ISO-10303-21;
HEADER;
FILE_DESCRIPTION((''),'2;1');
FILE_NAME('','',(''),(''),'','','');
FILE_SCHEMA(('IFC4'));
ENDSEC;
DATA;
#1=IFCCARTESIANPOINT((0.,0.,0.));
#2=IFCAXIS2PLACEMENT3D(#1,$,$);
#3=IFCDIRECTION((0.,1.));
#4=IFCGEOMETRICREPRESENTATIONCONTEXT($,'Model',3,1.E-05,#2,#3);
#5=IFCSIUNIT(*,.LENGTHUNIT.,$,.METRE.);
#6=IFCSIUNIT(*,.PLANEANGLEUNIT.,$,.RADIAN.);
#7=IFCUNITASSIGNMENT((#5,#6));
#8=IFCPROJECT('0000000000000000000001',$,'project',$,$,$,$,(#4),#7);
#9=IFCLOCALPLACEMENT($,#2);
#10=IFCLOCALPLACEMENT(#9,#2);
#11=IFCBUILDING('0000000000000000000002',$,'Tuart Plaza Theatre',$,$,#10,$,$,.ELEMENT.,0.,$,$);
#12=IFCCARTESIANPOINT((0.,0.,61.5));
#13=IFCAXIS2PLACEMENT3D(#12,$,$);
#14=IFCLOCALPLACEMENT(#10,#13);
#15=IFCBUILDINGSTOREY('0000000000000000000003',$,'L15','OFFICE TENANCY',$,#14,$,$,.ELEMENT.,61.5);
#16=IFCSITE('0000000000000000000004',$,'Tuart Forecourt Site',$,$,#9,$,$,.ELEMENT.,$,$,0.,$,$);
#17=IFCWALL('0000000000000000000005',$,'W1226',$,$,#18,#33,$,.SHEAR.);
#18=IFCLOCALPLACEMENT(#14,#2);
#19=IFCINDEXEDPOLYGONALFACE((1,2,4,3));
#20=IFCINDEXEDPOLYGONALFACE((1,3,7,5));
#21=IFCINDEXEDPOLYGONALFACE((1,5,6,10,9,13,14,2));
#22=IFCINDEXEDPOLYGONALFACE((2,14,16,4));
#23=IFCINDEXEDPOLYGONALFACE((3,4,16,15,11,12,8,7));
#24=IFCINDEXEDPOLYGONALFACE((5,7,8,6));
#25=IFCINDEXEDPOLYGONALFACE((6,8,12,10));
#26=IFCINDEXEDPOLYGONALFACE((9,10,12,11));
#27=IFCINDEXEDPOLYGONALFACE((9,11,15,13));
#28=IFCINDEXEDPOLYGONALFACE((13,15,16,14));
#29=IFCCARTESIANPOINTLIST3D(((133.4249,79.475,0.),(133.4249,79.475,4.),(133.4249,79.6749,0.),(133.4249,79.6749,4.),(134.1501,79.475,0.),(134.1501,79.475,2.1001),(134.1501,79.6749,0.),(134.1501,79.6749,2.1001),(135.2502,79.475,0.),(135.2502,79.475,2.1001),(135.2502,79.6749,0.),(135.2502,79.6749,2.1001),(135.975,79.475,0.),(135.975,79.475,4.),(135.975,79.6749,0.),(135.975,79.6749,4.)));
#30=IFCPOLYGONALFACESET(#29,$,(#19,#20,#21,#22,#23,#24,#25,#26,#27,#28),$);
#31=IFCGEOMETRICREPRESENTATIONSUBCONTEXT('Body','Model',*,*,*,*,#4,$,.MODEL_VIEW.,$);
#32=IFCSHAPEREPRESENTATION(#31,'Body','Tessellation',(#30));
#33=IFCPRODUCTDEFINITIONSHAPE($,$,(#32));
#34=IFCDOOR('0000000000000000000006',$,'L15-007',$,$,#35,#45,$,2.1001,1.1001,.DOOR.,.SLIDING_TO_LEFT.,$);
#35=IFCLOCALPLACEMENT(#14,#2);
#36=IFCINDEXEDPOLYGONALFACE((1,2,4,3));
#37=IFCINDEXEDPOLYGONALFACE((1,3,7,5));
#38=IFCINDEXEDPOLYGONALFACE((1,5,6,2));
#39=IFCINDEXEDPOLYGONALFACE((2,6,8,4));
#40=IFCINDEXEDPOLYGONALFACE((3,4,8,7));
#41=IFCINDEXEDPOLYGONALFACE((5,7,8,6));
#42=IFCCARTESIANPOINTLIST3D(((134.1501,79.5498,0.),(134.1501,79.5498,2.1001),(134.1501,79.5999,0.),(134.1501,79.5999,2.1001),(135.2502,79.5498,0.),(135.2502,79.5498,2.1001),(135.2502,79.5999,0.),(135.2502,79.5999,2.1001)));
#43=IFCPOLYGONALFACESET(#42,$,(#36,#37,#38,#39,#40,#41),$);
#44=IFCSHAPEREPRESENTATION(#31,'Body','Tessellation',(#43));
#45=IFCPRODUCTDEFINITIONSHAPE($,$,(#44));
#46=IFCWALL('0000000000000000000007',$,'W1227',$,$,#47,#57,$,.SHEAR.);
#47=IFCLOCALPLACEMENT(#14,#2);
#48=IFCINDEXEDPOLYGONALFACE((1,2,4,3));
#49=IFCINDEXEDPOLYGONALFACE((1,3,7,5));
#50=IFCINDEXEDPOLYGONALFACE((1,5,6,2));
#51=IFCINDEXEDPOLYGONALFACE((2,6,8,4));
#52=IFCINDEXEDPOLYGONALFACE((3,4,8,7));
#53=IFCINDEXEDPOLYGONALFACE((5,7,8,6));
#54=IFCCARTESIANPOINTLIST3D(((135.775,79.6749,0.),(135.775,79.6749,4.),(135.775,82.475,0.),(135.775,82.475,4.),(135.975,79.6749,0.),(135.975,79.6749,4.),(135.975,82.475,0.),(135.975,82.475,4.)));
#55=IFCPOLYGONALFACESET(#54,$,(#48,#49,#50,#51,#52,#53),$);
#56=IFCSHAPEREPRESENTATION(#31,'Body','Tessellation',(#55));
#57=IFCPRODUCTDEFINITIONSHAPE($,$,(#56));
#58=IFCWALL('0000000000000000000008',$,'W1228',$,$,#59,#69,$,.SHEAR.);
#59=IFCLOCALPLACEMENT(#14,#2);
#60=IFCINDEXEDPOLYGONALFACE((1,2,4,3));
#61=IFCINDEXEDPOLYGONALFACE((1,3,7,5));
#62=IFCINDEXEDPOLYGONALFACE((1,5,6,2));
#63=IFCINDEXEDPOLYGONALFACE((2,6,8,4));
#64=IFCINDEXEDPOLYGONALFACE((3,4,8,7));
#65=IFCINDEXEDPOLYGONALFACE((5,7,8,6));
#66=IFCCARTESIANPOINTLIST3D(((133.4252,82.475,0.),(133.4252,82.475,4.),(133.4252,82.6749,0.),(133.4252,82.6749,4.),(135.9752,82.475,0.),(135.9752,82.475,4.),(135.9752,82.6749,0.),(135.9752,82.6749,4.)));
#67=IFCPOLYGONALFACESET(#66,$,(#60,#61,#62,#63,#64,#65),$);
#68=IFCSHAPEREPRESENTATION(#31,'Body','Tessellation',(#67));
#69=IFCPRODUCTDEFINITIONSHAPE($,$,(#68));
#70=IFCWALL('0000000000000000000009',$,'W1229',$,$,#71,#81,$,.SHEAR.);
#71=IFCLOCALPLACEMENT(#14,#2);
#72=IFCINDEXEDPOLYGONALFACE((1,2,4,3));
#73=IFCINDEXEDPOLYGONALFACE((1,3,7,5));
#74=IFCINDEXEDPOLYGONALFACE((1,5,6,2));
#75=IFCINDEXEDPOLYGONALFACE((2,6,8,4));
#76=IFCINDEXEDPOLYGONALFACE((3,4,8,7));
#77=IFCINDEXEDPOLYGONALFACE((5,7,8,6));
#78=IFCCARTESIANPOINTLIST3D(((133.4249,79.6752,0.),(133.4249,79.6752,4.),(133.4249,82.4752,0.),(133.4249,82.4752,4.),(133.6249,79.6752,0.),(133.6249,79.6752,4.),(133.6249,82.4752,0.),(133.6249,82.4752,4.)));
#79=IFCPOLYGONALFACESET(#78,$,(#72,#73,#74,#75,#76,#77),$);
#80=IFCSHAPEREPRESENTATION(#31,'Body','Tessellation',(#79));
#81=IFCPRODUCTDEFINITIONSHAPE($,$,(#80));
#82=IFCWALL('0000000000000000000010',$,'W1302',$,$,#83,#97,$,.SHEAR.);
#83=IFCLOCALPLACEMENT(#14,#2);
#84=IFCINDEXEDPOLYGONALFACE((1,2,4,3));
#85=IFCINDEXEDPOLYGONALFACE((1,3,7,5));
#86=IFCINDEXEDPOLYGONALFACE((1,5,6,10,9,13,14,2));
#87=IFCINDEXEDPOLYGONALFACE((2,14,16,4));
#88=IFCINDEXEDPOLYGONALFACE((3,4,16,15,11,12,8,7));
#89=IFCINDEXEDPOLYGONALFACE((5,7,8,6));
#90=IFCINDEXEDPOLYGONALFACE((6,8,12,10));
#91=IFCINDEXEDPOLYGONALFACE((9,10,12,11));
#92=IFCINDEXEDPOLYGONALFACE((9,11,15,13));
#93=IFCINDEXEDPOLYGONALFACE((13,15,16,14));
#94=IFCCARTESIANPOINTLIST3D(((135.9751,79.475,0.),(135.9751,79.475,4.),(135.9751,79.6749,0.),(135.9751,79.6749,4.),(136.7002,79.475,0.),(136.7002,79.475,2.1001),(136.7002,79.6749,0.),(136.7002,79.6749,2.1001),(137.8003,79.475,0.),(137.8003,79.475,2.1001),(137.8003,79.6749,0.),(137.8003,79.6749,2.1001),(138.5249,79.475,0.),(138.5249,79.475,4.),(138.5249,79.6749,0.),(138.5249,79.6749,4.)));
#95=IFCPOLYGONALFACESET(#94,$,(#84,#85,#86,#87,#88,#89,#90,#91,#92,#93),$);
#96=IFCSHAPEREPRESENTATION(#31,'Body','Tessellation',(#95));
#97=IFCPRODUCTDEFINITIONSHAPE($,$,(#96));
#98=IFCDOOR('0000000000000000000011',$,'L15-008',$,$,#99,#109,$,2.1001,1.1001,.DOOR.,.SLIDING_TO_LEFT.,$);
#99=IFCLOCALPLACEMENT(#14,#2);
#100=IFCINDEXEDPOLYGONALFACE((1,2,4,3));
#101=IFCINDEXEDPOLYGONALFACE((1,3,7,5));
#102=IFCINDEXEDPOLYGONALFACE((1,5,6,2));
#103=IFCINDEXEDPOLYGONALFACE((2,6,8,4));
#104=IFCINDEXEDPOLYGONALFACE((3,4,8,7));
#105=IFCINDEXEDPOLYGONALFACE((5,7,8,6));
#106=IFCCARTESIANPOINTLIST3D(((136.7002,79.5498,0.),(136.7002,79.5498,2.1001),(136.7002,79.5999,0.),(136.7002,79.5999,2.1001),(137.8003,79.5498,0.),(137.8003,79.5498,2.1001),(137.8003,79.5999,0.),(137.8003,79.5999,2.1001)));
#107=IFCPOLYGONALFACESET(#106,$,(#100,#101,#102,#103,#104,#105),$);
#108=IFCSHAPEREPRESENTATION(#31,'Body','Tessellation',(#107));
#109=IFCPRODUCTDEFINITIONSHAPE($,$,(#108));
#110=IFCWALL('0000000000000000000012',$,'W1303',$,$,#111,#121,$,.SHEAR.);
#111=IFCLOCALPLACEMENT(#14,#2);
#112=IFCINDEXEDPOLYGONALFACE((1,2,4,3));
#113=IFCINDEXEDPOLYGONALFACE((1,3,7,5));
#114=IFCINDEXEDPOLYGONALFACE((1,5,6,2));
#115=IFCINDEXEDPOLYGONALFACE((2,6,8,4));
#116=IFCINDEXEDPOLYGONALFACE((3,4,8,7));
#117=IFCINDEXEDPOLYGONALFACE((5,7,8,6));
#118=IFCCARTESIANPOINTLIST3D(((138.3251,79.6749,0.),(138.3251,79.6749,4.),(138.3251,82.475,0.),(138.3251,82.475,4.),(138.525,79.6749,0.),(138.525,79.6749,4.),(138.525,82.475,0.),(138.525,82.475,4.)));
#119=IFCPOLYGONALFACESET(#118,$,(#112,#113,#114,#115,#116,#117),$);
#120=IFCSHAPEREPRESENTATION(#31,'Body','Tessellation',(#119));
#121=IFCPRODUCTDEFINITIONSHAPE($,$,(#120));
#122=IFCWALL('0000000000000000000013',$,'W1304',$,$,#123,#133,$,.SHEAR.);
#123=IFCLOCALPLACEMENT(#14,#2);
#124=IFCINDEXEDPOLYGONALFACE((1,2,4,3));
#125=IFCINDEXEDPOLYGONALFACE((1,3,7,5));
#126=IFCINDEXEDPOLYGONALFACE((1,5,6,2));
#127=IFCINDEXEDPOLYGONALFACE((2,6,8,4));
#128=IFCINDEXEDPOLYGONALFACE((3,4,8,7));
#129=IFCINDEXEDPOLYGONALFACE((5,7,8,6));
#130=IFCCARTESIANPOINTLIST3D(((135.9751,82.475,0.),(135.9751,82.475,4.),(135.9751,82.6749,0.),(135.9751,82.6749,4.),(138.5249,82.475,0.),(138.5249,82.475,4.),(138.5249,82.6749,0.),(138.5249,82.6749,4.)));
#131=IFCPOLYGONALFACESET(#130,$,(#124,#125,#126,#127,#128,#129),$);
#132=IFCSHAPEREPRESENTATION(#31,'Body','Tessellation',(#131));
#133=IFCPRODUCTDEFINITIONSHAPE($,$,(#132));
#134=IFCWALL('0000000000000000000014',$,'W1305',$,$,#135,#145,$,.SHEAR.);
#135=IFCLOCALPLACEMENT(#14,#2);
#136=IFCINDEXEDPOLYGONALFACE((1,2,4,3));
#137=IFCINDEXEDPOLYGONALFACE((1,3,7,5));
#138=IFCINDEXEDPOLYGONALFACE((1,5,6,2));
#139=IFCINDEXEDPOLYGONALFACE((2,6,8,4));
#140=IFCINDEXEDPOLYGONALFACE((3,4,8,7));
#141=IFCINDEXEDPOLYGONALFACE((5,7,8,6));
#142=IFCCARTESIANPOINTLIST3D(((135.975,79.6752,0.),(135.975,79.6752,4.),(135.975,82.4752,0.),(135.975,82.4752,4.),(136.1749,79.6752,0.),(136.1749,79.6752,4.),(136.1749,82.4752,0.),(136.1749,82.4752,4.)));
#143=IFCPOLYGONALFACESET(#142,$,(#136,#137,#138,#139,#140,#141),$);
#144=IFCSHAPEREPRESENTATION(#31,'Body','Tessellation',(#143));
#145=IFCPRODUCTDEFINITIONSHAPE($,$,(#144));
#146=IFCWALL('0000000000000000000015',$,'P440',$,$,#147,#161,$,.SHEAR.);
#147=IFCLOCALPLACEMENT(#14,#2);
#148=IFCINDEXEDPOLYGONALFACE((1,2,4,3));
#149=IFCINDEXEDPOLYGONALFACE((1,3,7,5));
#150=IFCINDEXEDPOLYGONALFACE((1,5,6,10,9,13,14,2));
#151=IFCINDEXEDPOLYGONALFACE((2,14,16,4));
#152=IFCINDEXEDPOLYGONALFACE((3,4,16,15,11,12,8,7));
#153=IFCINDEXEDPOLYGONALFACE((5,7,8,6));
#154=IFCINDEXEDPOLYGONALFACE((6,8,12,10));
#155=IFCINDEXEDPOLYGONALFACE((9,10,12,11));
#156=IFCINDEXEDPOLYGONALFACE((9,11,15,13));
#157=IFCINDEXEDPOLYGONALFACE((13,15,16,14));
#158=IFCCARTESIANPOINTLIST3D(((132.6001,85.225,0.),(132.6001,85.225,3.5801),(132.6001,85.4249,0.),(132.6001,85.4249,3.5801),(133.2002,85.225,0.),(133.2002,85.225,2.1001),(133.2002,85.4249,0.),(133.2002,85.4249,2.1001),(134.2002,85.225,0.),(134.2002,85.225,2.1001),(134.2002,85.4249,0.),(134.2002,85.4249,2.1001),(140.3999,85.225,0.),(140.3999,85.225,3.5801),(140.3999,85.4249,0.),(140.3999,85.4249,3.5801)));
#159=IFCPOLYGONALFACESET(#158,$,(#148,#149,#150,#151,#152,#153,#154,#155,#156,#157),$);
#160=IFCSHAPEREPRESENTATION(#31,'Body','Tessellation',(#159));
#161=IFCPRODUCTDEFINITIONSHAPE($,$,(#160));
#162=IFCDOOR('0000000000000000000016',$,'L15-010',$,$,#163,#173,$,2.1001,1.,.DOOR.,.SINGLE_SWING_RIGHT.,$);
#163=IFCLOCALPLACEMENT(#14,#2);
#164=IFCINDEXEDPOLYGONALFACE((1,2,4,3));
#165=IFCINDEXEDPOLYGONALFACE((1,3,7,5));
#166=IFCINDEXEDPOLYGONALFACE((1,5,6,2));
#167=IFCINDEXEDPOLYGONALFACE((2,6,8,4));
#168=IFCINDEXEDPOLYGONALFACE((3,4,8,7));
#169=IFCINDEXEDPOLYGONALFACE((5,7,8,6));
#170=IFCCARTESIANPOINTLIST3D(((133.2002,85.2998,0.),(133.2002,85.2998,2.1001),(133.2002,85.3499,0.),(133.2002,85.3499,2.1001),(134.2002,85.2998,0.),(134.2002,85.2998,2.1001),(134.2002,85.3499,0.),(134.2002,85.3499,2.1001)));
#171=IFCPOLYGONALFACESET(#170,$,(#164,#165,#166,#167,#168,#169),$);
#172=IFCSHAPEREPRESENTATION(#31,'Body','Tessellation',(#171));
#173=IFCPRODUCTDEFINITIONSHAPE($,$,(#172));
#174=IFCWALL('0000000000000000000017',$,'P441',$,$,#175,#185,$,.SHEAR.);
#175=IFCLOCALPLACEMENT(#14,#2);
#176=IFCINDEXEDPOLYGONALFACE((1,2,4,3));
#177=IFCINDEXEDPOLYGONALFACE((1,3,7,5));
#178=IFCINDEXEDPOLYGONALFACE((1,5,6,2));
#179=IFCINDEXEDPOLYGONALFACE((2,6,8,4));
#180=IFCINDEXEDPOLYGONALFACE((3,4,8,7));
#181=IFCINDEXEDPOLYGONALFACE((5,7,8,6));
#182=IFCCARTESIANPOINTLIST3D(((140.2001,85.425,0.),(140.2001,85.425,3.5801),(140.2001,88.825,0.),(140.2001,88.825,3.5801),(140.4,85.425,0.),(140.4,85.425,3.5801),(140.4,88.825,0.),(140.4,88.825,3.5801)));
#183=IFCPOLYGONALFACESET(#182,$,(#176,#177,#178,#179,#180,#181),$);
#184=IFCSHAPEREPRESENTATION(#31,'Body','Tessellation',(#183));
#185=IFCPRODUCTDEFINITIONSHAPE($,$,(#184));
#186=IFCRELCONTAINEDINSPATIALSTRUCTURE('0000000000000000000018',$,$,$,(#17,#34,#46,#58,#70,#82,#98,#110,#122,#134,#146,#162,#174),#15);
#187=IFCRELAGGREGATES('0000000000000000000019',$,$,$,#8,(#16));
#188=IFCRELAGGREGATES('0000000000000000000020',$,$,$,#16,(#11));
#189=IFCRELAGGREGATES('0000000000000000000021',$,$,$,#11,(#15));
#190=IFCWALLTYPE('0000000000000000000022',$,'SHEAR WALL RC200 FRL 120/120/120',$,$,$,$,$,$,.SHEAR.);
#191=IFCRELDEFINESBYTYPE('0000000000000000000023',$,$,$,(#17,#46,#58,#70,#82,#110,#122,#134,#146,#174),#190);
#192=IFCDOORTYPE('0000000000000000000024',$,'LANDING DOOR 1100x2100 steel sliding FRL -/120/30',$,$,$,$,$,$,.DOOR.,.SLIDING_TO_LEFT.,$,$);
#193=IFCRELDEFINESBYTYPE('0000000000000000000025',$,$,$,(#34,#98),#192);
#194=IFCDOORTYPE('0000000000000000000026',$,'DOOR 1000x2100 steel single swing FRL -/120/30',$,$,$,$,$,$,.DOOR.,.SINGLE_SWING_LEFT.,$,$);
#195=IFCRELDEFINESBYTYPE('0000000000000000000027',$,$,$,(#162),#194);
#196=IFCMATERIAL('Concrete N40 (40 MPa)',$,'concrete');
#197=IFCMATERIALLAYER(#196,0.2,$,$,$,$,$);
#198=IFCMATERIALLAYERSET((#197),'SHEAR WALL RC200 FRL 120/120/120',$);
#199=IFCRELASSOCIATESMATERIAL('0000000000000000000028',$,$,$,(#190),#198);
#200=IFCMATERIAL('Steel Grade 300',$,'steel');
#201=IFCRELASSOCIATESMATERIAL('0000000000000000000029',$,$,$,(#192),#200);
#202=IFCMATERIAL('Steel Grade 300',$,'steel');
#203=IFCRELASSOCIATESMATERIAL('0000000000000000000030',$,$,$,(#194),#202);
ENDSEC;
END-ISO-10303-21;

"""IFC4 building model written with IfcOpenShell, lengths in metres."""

from ifc_helpers import new_model, si_unit, direction, frame, frame_2d, origin, place, context, subcontext, project, spatial, rectangle, extrude, material, layer, layer_set, type_object, element, fill, save


model = new_model("IFC4")

# Units and contexts
model_context = context("Model", 3, precision=1e-05, world=origin(), true_north=direction((0.0, 1.0)))
body_context = subcontext(model_context, "Body", "Model", "MODEL_VIEW")
ifc_project = project(units=[si_unit("LENGTHUNIT", "METRE"), si_unit("PLANEANGLEUNIT", "RADIAN")], contexts=[model_context])

# Site, building, storey
site_placement = place(None, origin())
site = spatial("IfcSite", under=ifc_project, at=site_placement, Name="Tuart Forecourt Site", CompositionType="ELEMENT", RefElevation=0.0)
building_placement = place(site_placement, origin())
building = spatial("IfcBuilding", under=site, at=building_placement, Name="Tuart Plaza Theatre", CompositionType="ELEMENT", ElevationOfRefHeight=0.0)
storey_placement = place(building_placement, frame((0.0, 0.0, 61.5)))
storey = spatial("IfcBuildingStorey", under=building, at=storey_placement, Name="L15", Description="OFFICE TENANCY", CompositionType="ELEMENT", Elevation=61.5)

# Shared definitions
ifc_material_1 = material(Name="Concrete N40 (40 MPa)", Category="concrete")
ifc_layer_1 = layer(ifc_material_1, 0.2)
ifc_layer_set_1 = layer_set([ifc_layer_1], Name="SHEAR WALL RC200 FRL 120/120/120")
wall_type_1 = type_object("IfcWallType", Name="SHEAR WALL RC200 FRL 120/120/120", PredefinedType="SHEAR", material=ifc_layer_set_1)

# Wall, opening, door
wall_1_placement = place(storey_placement, frame((133.425, 79.575, 0.0), z_axis=(0.0, 0.0, 1.0), x_axis=(1.0, 0.0, 0.0)))
wall_1 = element("IfcWall", 1, at=wall_1_placement, inside=storey, type_object=wall_type_1, Name="W1226", PredefinedType="SHEAR", context=body_context, shape_type="SweptSolid", body=[
    extrude(rectangle(XDim=2.55, YDim=0.2, at=frame_2d((1.2749, 0.0))), origin(), (0.0, 0.0, 1.0), 4.0),
])
opening_1_placement = place(wall_1_placement, frame((0.7251, 0.0, 0.0)))
opening_1 = element("IfcOpeningElement", 2, at=opening_1_placement, cuts=wall_1, PredefinedType="OPENING", context=body_context, shape_type="SweptSolid", body=[
    extrude(rectangle(XDim=1.1001, YDim=2.1001, at=frame_2d((0.55, 1.05))), frame((0.0, 0.1099, 0.0), z_axis=(0.0, -1.0, 0.0), x_axis=(1.0, 0.0, 0.0)), (0.0, 0.0, 1.0), 0.22),
])
ifc_material_2 = material(Name="Steel Grade 300", Category="steel")
door_type_1 = type_object("IfcDoorType", Name="LANDING DOOR 1100x2100 steel sliding FRL -/120/30", OperationType="SLIDING_TO_LEFT", PredefinedType="DOOR", material=ifc_material_2)
door_1_placement = place(opening_1_placement, origin())
door_1 = element("IfcDoor", 3, at=door_1_placement, inside=storey, type_object=door_type_1, Name="L15-007", OperationType="SLIDING_TO_LEFT", OverallHeight=2.1001, OverallWidth=1.1001, PredefinedType="DOOR", context=body_context, shape_type="SweptSolid", body=[
    extrude(rectangle(XDim=1.1001, YDim=2.1001, at=frame_2d((0.55, 1.05))), frame((0.0, 0.0249, 0.0), z_axis=(0.0, -1.0, 0.0), x_axis=(1.0, 0.0, 0.0)), (0.0, 0.0, 1.0), 0.05),
])
fill(opening_1, door_1)

# Walls
wall_2_placement = place(storey_placement, frame((135.875, 79.675, 0.0), z_axis=(0.0, 0.0, 1.0), x_axis=(0.0, 1.0, 0.0)))
element("IfcWall", 4, at=wall_2_placement, inside=storey, type_object=wall_type_1, Name="W1227", PredefinedType="SHEAR", context=body_context, shape_type="SweptSolid", body=[
    extrude(rectangle(XDim=2.8, YDim=0.2, at=frame_2d((1.3999, 0.0))), origin(), (0.0, 0.0, 1.0), 4.0),
])
wall_3_placement = place(storey_placement, frame((135.9751, 82.575, 0.0), z_axis=(0.0, 0.0, 1.0), x_axis=(-1.0, 0.0, 0.0)))
element("IfcWall", 5, at=wall_3_placement, inside=storey, type_object=wall_type_1, Name="W1228", PredefinedType="SHEAR", context=body_context, shape_type="SweptSolid", body=[
    extrude(rectangle(XDim=2.55, YDim=0.2, at=frame_2d((1.2749, 0.0))), origin(), (0.0, 0.0, 1.0), 4.0),
])
wall_4_placement = place(storey_placement, frame((133.5249, 82.4751, 0.0), z_axis=(0.0, 0.0, 1.0), x_axis=(0.0, -1.0, 0.0)))
element("IfcWall", 6, at=wall_4_placement, inside=storey, type_object=wall_type_1, Name="W1229", PredefinedType="SHEAR", context=body_context, shape_type="SweptSolid", body=[
    extrude(rectangle(XDim=2.8, YDim=0.2, at=frame_2d((1.3999, 0.0))), origin(), (0.0, 0.0, 1.0), 4.0),
])

# Wall, opening, door
wall_5_placement = place(storey_placement, frame((135.9751, 79.575, 0.0), z_axis=(0.0, 0.0, 1.0), x_axis=(1.0, 0.0, 0.0)))
wall_5 = element("IfcWall", 7, at=wall_5_placement, inside=storey, type_object=wall_type_1, Name="W1302", PredefinedType="SHEAR", context=body_context, shape_type="SweptSolid", body=[
    extrude(rectangle(XDim=2.5498, YDim=0.2, at=frame_2d((1.2749, 0.0))), origin(), (0.0, 0.0, 1.0), 4.0),
])
opening_2_placement = place(wall_5_placement, frame((0.7251, 0.0, 0.0)))
opening_2 = element("IfcOpeningElement", 8, at=opening_2_placement, cuts=wall_5, PredefinedType="OPENING", context=body_context, shape_type="SweptSolid", body=[
    extrude(rectangle(XDim=1.1001, YDim=2.1001, at=frame_2d((0.55, 1.05))), frame((0.0, 0.1099, 0.0), z_axis=(0.0, -1.0, 0.0), x_axis=(1.0, 0.0, 0.0)), (0.0, 0.0, 1.0), 0.22),
])
door_2_placement = place(opening_2_placement, origin())
door_2 = element("IfcDoor", 9, at=door_2_placement, inside=storey, type_object=door_type_1, Name="L15-008", OperationType="SLIDING_TO_LEFT", OverallHeight=2.1001, OverallWidth=1.1001, PredefinedType="DOOR", context=body_context, shape_type="SweptSolid", body=[
    extrude(rectangle(XDim=1.1001, YDim=2.1001, at=frame_2d((0.55, 1.05))), frame((0.0, 0.0249, 0.0), z_axis=(0.0, -1.0, 0.0), x_axis=(1.0, 0.0, 0.0)), (0.0, 0.0, 1.0), 0.05),
])
fill(opening_2, door_2)

# Walls
wall_6_placement = place(storey_placement, frame((138.425, 79.675, 0.0), z_axis=(0.0, 0.0, 1.0), x_axis=(0.0, 1.0, 0.0)))
element("IfcWall", 10, at=wall_6_placement, inside=storey, type_object=wall_type_1, Name="W1303", PredefinedType="SHEAR", context=body_context, shape_type="SweptSolid", body=[
    extrude(rectangle(XDim=2.8, YDim=0.2, at=frame_2d((1.3999, 0.0))), origin(), (0.0, 0.0, 1.0), 4.0),
])
wall_7_placement = place(storey_placement, frame((138.5249, 82.575, 0.0), z_axis=(0.0, 0.0, 1.0), x_axis=(-1.0, 0.0, 0.0)))
element("IfcWall", 11, at=wall_7_placement, inside=storey, type_object=wall_type_1, Name="W1304", PredefinedType="SHEAR", context=body_context, shape_type="SweptSolid", body=[
    extrude(rectangle(XDim=2.5498, YDim=0.2, at=frame_2d((1.2749, 0.0))), origin(), (0.0, 0.0, 1.0), 4.0),
])
wall_8_placement = place(storey_placement, frame((136.075, 82.4751, 0.0), z_axis=(0.0, 0.0, 1.0), x_axis=(0.0, -1.0, 0.0)))
element("IfcWall", 12, at=wall_8_placement, inside=storey, type_object=wall_type_1, Name="W1305", PredefinedType="SHEAR", context=body_context, shape_type="SweptSolid", body=[
    extrude(rectangle(XDim=2.8, YDim=0.2, at=frame_2d((1.3999, 0.0))), origin(), (0.0, 0.0, 1.0), 4.0),
])

# Wall, opening, door
wall_9_placement = place(storey_placement, frame((132.6001, 85.325, 0.0), z_axis=(0.0, 0.0, 1.0), x_axis=(1.0, 0.0, 0.0)))
wall_9 = element("IfcWall", 13, at=wall_9_placement, inside=storey, type_object=wall_type_1, Name="P440", PredefinedType="SHEAR", context=body_context, shape_type="SweptSolid", body=[
    extrude(rectangle(XDim=7.7998, YDim=0.2, at=frame_2d((3.8999, 0.0))), origin(), (0.0, 0.0, 1.0), 3.5801),
])
opening_3_placement = place(wall_9_placement, frame((0.6001, 0.0, 0.0)))
opening_3 = element("IfcOpeningElement", 14, at=opening_3_placement, cuts=wall_9, PredefinedType="OPENING", context=body_context, shape_type="SweptSolid", body=[
    extrude(rectangle(XDim=1.0, YDim=2.1001, at=frame_2d((0.5, 1.05))), frame((0.0, 0.1099, 0.0), z_axis=(0.0, -1.0, 0.0), x_axis=(1.0, 0.0, 0.0)), (0.0, 0.0, 1.0), 0.22),
])
ifc_material_3 = material(Name="Steel Grade 300", Category="steel")
door_type_2 = type_object("IfcDoorType", Name="DOOR 1000x2100 steel single swing FRL -/120/30", OperationType="SINGLE_SWING_LEFT", PredefinedType="DOOR", material=ifc_material_3)
door_3_placement = place(opening_3_placement, origin())
door_3 = element("IfcDoor", 15, at=door_3_placement, inside=storey, type_object=door_type_2, Name="L15-010", OperationType="SINGLE_SWING_RIGHT", OverallHeight=2.1001, OverallWidth=1.0, PredefinedType="DOOR", context=body_context, shape_type="SweptSolid", body=[
    extrude(rectangle(XDim=1.0, YDim=2.1001, at=frame_2d((0.5, 1.05))), frame((0.0, 0.0249, 0.0), z_axis=(0.0, -1.0, 0.0), x_axis=(1.0, 0.0, 0.0)), (0.0, 0.0, 1.0), 0.05),
])
fill(opening_3, door_3)

# Wall
wall_10_placement = place(storey_placement, frame((140.3, 85.425, 0.0), z_axis=(0.0, 0.0, 1.0), x_axis=(0.0, 1.0, 0.0)))
element("IfcWall", 16, at=wall_10_placement, inside=storey, type_object=wall_type_1, Name="P441", PredefinedType="SHEAR", context=body_context, shape_type="SweptSolid", body=[
    extrude(rectangle(XDim=3.3999, YDim=0.2, at=frame_2d((1.7, 0.0))), origin(), (0.0, 0.0, 1.0), 3.5801),
])

save(model, "model.ifc")
